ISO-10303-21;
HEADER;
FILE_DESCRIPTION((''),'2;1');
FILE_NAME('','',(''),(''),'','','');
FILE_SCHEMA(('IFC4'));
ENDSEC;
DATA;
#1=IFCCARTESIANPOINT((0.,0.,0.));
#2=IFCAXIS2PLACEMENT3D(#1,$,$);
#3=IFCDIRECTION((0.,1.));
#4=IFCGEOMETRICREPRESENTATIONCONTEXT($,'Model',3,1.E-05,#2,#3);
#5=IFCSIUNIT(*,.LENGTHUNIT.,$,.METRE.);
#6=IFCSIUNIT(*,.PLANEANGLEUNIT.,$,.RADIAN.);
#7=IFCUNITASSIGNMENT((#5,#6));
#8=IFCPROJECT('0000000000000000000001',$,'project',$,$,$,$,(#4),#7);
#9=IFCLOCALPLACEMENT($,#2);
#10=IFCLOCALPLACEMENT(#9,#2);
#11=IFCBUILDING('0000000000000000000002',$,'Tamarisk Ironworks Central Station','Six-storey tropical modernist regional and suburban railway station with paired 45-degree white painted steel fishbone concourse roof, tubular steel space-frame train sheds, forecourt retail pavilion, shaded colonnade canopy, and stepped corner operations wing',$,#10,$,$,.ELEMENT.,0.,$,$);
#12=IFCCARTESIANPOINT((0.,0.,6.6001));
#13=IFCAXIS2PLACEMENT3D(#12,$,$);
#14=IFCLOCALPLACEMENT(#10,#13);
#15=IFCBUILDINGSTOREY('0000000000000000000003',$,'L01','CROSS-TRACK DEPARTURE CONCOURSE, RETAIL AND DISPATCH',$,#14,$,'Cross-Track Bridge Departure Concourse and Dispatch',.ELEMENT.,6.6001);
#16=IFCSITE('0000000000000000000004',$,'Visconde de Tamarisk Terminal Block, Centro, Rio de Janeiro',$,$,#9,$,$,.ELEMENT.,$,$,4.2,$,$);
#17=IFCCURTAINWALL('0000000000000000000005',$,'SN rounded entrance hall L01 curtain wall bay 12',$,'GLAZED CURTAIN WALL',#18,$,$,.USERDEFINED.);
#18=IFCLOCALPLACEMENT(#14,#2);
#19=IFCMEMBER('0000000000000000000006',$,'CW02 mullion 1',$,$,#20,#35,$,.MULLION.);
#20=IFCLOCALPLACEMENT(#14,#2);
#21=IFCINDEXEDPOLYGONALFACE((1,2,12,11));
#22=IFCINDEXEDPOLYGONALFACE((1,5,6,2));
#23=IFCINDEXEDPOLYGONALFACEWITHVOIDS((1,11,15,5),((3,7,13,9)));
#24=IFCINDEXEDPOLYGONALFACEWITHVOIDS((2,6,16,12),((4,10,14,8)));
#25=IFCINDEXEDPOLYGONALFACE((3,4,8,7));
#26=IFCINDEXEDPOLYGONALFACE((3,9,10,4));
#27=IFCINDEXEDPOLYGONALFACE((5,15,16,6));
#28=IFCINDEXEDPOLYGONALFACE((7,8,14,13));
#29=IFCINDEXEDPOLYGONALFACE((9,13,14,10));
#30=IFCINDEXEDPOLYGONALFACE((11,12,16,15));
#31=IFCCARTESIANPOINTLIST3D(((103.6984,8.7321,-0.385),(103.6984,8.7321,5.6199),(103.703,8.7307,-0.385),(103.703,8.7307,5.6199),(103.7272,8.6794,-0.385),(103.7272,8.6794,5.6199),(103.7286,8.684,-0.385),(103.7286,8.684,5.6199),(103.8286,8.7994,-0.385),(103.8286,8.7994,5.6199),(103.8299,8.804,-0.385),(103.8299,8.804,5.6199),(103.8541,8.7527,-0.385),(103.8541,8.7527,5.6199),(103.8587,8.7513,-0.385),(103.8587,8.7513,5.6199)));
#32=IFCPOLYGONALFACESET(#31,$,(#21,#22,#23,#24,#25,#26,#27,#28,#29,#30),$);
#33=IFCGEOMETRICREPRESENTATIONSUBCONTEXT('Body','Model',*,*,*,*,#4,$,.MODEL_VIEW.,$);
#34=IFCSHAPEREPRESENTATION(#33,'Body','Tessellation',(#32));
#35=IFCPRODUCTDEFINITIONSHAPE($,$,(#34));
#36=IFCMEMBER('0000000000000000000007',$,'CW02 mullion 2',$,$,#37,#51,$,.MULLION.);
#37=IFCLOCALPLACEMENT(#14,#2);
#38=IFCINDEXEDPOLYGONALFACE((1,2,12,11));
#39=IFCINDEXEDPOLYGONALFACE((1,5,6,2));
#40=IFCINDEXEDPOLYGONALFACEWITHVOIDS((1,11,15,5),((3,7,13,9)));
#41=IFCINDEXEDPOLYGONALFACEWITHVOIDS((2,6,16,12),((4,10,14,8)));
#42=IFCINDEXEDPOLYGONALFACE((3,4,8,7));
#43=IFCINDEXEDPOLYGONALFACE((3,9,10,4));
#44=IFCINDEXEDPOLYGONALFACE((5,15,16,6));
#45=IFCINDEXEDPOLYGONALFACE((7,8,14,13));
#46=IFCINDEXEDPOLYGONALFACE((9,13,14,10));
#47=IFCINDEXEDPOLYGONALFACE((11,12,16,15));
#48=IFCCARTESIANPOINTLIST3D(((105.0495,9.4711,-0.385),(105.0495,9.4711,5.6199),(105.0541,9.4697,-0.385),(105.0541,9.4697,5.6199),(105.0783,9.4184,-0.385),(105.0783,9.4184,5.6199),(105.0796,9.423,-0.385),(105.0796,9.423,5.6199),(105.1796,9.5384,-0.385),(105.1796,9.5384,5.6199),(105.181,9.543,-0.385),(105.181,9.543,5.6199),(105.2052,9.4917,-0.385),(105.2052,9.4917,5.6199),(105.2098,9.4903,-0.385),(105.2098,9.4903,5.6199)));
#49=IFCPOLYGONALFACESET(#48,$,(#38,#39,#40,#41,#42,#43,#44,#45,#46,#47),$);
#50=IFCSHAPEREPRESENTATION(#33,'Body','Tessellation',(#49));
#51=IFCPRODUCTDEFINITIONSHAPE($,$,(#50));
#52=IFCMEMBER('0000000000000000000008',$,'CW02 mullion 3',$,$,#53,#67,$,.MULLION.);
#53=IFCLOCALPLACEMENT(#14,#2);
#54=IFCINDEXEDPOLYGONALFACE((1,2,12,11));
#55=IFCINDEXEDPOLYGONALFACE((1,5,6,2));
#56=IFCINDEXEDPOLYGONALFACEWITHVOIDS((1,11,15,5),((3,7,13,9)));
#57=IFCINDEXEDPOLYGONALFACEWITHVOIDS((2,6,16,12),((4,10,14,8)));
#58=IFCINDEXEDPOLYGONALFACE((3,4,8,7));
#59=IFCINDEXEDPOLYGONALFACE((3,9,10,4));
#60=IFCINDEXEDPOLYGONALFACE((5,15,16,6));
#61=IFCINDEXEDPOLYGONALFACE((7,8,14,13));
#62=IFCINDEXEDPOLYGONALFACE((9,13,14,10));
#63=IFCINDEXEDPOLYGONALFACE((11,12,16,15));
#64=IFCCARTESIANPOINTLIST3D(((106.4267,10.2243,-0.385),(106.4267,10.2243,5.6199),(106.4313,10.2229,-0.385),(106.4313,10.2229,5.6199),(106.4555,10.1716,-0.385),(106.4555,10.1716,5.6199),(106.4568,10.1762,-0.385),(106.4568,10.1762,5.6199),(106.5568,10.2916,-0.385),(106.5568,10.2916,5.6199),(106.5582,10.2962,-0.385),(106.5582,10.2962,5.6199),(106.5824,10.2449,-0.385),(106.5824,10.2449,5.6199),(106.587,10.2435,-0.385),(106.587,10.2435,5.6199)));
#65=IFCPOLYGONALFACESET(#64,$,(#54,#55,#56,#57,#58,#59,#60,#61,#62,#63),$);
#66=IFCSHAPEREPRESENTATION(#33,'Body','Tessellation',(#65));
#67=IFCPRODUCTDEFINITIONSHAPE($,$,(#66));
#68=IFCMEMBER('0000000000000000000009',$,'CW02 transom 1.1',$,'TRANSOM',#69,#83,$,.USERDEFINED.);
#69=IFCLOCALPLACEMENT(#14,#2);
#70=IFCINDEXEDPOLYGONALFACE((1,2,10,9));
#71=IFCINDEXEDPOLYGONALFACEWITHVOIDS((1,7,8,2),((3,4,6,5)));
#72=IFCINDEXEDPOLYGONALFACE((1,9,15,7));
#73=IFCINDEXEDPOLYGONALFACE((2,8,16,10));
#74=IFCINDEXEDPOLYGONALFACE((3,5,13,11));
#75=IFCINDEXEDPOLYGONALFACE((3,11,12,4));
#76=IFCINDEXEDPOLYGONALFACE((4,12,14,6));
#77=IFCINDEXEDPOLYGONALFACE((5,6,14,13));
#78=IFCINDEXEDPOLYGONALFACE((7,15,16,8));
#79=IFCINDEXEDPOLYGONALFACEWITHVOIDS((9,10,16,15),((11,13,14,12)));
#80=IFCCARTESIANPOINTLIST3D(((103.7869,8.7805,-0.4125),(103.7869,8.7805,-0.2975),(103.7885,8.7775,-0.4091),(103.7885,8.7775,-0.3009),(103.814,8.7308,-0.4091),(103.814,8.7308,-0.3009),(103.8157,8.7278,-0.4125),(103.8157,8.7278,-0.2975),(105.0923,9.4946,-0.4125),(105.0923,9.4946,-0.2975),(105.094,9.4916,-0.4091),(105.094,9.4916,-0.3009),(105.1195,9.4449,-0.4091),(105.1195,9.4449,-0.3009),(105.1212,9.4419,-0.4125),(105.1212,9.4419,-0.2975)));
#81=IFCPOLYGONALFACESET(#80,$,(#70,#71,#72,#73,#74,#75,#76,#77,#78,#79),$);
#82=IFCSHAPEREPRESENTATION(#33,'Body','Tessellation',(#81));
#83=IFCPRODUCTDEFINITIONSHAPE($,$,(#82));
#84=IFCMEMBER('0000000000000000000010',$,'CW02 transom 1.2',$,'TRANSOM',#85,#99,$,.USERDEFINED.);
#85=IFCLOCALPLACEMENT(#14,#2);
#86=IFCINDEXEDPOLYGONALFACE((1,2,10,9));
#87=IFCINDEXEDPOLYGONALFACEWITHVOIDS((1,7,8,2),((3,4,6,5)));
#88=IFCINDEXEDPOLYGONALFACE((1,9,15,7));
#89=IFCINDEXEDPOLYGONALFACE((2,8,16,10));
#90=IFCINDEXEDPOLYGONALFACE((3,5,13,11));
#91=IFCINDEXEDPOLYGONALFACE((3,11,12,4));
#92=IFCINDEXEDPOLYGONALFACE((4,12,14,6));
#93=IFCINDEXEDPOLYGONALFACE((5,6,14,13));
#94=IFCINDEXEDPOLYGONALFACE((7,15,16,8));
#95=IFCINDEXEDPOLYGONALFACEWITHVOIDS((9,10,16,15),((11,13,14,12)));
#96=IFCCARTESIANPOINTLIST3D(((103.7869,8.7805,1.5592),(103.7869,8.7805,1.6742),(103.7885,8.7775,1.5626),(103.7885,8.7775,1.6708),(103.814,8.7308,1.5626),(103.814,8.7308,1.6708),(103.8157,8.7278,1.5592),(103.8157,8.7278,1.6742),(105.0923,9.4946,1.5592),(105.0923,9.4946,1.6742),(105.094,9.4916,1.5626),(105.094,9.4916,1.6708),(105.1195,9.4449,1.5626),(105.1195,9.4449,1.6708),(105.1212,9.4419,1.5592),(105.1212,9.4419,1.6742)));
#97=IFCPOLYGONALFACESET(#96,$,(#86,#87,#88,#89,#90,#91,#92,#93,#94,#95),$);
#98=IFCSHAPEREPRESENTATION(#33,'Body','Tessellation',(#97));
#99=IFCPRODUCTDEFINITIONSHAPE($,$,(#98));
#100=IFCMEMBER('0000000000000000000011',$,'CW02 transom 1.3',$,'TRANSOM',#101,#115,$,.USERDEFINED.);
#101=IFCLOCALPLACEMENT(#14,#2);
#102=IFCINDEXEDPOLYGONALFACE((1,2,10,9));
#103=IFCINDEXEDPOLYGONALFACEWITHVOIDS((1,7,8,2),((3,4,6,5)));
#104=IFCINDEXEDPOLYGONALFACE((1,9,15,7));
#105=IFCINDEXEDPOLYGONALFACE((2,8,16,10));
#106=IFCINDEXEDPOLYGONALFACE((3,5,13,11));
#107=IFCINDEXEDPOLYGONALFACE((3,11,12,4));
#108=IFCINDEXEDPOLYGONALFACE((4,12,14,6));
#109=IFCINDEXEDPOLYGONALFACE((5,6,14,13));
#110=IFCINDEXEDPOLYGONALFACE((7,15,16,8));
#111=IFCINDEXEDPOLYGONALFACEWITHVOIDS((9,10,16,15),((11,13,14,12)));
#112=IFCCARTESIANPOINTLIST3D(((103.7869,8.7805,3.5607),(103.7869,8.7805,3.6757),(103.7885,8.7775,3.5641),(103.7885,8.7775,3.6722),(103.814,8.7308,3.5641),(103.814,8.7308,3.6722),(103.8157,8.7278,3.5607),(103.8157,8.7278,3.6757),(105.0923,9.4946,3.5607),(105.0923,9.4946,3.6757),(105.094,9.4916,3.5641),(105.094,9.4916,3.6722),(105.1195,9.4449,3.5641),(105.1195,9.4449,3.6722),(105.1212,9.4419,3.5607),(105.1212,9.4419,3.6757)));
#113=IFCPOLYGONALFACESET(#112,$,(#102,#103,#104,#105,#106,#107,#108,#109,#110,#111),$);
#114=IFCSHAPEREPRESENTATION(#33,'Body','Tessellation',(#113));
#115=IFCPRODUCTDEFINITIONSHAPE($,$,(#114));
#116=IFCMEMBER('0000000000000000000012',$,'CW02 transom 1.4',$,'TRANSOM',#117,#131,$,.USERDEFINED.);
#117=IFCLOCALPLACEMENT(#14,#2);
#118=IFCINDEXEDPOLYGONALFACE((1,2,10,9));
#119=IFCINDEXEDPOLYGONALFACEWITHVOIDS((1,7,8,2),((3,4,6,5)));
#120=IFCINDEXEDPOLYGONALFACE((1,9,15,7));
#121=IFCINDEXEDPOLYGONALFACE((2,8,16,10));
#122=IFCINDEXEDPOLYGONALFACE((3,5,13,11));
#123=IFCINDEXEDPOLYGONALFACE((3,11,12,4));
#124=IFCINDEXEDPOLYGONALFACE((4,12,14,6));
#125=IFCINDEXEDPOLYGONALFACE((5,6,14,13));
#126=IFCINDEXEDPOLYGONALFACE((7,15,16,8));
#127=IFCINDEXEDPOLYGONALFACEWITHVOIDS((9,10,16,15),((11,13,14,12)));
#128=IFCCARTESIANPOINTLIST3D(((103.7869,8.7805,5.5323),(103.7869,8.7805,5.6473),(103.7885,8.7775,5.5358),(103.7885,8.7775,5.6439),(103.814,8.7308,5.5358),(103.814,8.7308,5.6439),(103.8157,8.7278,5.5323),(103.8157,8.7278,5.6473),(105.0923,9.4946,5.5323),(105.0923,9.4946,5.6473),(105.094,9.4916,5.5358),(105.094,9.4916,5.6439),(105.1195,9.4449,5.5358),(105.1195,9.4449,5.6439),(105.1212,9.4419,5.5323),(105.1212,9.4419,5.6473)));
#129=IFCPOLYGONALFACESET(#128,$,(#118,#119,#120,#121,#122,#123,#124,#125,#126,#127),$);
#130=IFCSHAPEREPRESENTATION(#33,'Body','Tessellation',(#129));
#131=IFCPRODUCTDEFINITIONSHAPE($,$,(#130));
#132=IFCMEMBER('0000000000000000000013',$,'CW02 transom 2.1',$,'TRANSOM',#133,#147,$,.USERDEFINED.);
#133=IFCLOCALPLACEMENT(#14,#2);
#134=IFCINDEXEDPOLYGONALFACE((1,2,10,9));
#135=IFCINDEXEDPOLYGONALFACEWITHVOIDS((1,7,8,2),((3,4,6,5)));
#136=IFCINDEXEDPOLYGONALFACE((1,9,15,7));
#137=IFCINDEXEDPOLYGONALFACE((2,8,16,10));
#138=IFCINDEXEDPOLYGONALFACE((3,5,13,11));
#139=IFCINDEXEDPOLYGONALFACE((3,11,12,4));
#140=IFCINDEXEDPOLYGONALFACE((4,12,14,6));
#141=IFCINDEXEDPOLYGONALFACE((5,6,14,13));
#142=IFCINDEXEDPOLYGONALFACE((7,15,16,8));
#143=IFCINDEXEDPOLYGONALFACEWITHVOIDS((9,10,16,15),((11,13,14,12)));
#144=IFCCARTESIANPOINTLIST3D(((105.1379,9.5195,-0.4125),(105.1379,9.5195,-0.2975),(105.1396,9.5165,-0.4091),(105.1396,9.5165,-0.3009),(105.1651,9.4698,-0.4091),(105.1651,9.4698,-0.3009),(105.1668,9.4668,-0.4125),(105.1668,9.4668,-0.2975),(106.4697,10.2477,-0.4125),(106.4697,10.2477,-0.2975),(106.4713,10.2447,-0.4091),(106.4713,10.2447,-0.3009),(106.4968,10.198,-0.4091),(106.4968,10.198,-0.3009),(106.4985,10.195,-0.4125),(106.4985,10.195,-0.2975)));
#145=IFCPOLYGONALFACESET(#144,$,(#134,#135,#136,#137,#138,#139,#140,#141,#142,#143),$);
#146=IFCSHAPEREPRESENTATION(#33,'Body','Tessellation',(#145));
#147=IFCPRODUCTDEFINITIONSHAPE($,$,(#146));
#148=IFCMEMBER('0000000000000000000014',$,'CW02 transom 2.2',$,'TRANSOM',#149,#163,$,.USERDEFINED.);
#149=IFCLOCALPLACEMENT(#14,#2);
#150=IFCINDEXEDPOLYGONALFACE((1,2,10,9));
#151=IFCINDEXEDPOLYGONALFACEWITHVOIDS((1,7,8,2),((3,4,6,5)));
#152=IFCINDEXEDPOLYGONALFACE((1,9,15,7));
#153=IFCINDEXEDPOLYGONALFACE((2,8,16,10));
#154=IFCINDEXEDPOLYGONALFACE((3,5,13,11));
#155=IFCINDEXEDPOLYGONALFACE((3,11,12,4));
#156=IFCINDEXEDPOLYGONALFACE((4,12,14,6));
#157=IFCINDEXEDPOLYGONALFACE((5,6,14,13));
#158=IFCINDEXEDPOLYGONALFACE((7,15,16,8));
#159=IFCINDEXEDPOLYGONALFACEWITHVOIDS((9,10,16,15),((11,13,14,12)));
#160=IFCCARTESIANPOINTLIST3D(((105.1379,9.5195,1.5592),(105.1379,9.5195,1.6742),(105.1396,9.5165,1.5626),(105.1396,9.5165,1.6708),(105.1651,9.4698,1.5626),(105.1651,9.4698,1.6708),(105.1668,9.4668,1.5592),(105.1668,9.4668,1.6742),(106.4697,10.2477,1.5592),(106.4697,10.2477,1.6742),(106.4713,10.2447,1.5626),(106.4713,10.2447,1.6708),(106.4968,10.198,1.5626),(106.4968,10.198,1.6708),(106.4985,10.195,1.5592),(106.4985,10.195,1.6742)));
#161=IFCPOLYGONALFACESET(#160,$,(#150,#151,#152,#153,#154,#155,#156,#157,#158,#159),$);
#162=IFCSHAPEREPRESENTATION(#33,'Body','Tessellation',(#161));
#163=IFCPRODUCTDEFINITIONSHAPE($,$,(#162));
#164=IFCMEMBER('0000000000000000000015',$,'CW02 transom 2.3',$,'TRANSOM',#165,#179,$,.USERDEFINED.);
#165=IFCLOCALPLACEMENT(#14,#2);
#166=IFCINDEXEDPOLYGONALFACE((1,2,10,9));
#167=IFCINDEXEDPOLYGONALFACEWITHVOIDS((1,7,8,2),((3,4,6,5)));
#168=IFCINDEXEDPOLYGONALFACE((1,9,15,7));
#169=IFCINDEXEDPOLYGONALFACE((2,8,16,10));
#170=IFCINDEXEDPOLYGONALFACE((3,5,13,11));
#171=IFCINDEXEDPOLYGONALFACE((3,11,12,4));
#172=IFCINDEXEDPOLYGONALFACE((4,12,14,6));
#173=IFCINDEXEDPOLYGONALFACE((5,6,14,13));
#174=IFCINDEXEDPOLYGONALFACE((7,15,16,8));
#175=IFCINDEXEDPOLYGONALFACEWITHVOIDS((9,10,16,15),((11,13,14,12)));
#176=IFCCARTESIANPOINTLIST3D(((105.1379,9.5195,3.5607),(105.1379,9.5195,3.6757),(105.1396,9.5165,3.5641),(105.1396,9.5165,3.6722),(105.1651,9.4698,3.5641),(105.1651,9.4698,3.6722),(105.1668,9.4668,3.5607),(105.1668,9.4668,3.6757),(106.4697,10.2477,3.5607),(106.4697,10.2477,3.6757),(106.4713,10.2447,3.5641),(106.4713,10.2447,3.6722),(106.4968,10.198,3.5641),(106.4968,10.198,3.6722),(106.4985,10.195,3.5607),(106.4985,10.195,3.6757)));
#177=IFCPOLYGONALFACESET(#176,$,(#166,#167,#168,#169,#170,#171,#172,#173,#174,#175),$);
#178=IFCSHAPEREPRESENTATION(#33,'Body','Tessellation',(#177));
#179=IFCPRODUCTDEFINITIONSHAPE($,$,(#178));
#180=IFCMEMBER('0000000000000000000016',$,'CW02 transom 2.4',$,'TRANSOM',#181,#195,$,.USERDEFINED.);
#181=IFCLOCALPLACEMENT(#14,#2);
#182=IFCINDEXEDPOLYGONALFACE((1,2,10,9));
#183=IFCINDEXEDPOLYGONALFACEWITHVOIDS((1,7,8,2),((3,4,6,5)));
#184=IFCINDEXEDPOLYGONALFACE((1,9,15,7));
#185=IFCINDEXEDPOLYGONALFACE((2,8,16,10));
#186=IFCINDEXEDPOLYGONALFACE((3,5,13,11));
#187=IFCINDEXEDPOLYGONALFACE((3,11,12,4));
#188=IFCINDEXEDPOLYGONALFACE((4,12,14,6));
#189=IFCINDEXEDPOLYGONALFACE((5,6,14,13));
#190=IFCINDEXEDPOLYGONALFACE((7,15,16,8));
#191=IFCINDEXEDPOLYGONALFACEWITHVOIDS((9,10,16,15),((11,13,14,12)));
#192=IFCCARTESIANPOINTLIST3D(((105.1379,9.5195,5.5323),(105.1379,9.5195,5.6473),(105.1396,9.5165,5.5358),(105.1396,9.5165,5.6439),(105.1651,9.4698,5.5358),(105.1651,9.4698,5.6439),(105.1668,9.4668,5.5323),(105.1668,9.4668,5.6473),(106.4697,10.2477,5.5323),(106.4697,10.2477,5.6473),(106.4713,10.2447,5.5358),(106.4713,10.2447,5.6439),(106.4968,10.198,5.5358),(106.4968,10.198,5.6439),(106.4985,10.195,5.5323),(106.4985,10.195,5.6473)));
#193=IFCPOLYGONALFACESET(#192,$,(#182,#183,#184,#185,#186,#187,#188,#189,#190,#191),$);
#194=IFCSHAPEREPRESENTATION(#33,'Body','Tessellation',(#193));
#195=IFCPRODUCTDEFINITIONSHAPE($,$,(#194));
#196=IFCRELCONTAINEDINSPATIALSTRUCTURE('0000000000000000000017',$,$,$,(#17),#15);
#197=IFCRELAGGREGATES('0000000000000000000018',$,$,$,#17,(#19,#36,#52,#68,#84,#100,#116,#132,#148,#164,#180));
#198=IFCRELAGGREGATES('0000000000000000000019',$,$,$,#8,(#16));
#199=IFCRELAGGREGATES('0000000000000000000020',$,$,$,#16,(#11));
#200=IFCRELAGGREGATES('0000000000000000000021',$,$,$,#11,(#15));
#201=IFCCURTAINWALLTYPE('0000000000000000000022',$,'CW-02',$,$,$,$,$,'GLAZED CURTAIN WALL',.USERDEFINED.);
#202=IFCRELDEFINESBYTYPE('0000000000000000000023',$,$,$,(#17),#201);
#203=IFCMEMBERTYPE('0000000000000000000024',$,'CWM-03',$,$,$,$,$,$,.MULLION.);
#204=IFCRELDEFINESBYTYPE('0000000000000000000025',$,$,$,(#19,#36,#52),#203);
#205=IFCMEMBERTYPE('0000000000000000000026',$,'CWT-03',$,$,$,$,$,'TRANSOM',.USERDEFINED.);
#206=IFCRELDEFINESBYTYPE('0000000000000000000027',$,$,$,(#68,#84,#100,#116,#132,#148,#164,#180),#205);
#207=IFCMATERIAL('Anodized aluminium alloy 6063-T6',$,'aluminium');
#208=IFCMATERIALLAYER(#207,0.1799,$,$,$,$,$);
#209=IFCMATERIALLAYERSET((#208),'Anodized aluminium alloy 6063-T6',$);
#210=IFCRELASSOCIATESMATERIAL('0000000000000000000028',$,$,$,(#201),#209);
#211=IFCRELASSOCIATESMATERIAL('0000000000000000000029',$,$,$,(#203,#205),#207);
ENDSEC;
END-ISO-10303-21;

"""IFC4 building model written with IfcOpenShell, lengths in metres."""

from ifc_helpers import new_model, si_unit, direction, frame, origin, origin_2d, place, context, subcontext, project, spatial, hollow_rectangle, extrude, material, layer, layer_set, material_profile, profile_set, type_object, element, aggregate, save


model = new_model("IFC4")

# Units and contexts
model_context = context("Model", 3, precision=1e-05, world=origin(), true_north=direction((0.0, 1.0)))
body_context = subcontext(model_context, "Body", "Model", "MODEL_VIEW")
ifc_project = project(units=[si_unit("LENGTHUNIT", "METRE"), si_unit("PLANEANGLEUNIT", "RADIAN")], contexts=[model_context])

# Site, building, storey
site_placement = place(None, origin())
site = spatial("IfcSite", under=ifc_project, at=site_placement, Name="Visconde de Tamarisk Terminal Block, Centro, Rio de Janeiro", CompositionType="ELEMENT", RefElevation=4.2)
building_placement = place(site_placement, origin())
building = spatial("IfcBuilding", under=site, at=building_placement, Name="Tamarisk Ironworks Central Station", Description="Six-storey tropical modernist regional and suburban railway station with paired 45-degree white painted steel fishbone concourse roof, tubular steel space-frame train sheds, forecourt retail pavilion, shaded colonnade canopy, and stepped corner operations wing", CompositionType="ELEMENT", ElevationOfRefHeight=0.0)
storey_placement = place(building_placement, frame((0.0, 0.0, 6.6001)))
storey = spatial("IfcBuildingStorey", under=building, at=storey_placement, Name="L01", Description="CROSS-TRACK DEPARTURE CONCOURSE, RETAIL AND DISPATCH", LongName="Cross-Track Bridge Departure Concourse and Dispatch", CompositionType="ELEMENT", Elevation=6.6001)

# Curtain wall, members
ifc_material_1 = material(Name="Anodized aluminium alloy 6063-T6", Category="aluminium")
ifc_layer_1 = layer(ifc_material_1, 0.1799)
ifc_layer_set_1 = layer_set([ifc_layer_1], Name="Anodized aluminium alloy 6063-T6")
curtain_wall_type = type_object("IfcCurtainWallType", Name="CW-02", ElementType="GLAZED CURTAIN WALL", PredefinedType="USERDEFINED", material=ifc_layer_set_1)
curtain_wall_placement = place(storey_placement, origin())
curtain_wall = element("IfcCurtainWall", 1, at=curtain_wall_placement, inside=storey, type_object=curtain_wall_type, Name="SN rounded entrance hall L01 curtain wall bay 12", ObjectType="GLAZED CURTAIN WALL", PredefinedType="USERDEFINED")
ifc_material_profile_1 = material_profile(ifc_material_1, hollow_rectangle(XDim=0.0601, YDim=0.1499, WallThickness=0.0034, at=origin_2d()), Name="ALUM 150x60")
ifc_profile_set_1 = profile_set([ifc_material_profile_1], Name="Anodized aluminium alloy 6063-T6")
member_type_1 = type_object("IfcMemberType", Name="CWM-03", PredefinedType="MULLION", material=ifc_profile_set_1)
member_1_placement = place(storey_placement, frame((103.7786, 8.7417, -0.385), z_axis=(0.0, 0.0, 1.0), x_axis=(-0.479805, 0.877375, 0.0)))
member_1 = element("IfcMember", 2, at=member_1_placement, type_object=member_type_1, Name="CW02 mullion 1", PredefinedType="MULLION", context=body_context, shape_type="SweptSolid", body=[
    extrude(hollow_rectangle(XDim=0.0601, YDim=0.1499, WallThickness=0.0034, at=origin_2d()), origin(), (0.0, 0.0, 1.0), 6.0049),
])
member_2_placement = place(storey_placement, frame((105.1296, 9.4807, -0.385), z_axis=(0.0, 0.0, 1.0), x_axis=(-0.479805, 0.877375, 0.0)))
member_2 = element("IfcMember", 3, at=member_2_placement, type_object=member_type_1, Name="CW02 mullion 2", PredefinedType="MULLION", context=body_context, shape_type="SweptSolid", body=[
    extrude(hollow_rectangle(XDim=0.0601, YDim=0.1499, WallThickness=0.0034, at=origin_2d()), origin(), (0.0, 0.0, 1.0), 6.0049),
])
member_3_placement = place(storey_placement, frame((106.5068, 10.2339, -0.385), z_axis=(0.0, 0.0, 1.0), x_axis=(-0.479805, 0.877375, 0.0)))
member_3 = element("IfcMember", 4, at=member_3_placement, type_object=member_type_1, Name="CW02 mullion 3", PredefinedType="MULLION", context=body_context, shape_type="SweptSolid", body=[
    extrude(hollow_rectangle(XDim=0.0601, YDim=0.1499, WallThickness=0.0034, at=origin_2d()), origin(), (0.0, 0.0, 1.0), 6.0049),
])
ifc_material_profile_2 = material_profile(ifc_material_1, hollow_rectangle(XDim=0.0601, YDim=0.115, WallThickness=0.0034, at=origin_2d()), Name="ALUM 115x60")
ifc_profile_set_2 = profile_set([ifc_material_profile_2], Name="Anodized aluminium alloy 6063-T6")
member_type_2 = type_object("IfcMemberType", Name="CWT-03", ElementType="TRANSOM", PredefinedType="USERDEFINED", material=ifc_profile_set_2)
member_4_placement = place(storey_placement, frame((103.8013, 8.7542, -0.355), z_axis=(0.877312, 0.479921, 0.0), x_axis=(-0.479921, 0.877312, 0.0)))
member_4 = element("IfcMember", 5, at=member_4_placement, type_object=member_type_2, Name="CW02 transom 1.1", ObjectType="TRANSOM", PredefinedType="USERDEFINED", context=body_context, shape_type="SweptSolid", body=[
    extrude(hollow_rectangle(XDim=0.0601, YDim=0.115, WallThickness=0.0034, at=origin_2d()), origin(), (0.0, 0.0, 1.0), 1.488),
])
member_5_placement = place(storey_placement, frame((103.8013, 8.7542, 1.6167), z_axis=(0.877312, 0.479921, 0.0), x_axis=(-0.479921, 0.877312, 0.0)))
member_5 = element("IfcMember", 6, at=member_5_placement, type_object=member_type_2, Name="CW02 transom 1.2", ObjectType="TRANSOM", PredefinedType="USERDEFINED", context=body_context, shape_type="SweptSolid", body=[
    extrude(hollow_rectangle(XDim=0.0601, YDim=0.115, WallThickness=0.0034, at=origin_2d()), origin(), (0.0, 0.0, 1.0), 1.488),
])
member_6_placement = place(storey_placement, frame((103.8013, 8.7542, 3.6182), z_axis=(0.877312, 0.479921, 0.0), x_axis=(-0.479921, 0.877312, 0.0)))
member_6 = element("IfcMember", 7, at=member_6_placement, type_object=member_type_2, Name="CW02 transom 1.3", ObjectType="TRANSOM", PredefinedType="USERDEFINED", context=body_context, shape_type="SweptSolid", body=[
    extrude(hollow_rectangle(XDim=0.0601, YDim=0.115, WallThickness=0.0034, at=origin_2d()), origin(), (0.0, 0.0, 1.0), 1.488),
])
member_7_placement = place(storey_placement, frame((103.8013, 8.7542, 5.5898), z_axis=(0.877312, 0.479921, 0.0), x_axis=(-0.479921, 0.877312, 0.0)))
member_7 = element("IfcMember", 8, at=member_7_placement, type_object=member_type_2, Name="CW02 transom 1.4", ObjectType="TRANSOM", PredefinedType="USERDEFINED", context=body_context, shape_type="SweptSolid", body=[
    extrude(hollow_rectangle(XDim=0.0601, YDim=0.115, WallThickness=0.0034, at=origin_2d()), origin(), (0.0, 0.0, 1.0), 1.488),
])
member_8_placement = place(storey_placement, frame((105.1523, 9.4932, -0.355), z_axis=(0.877385, 0.479787, 0.0), x_axis=(-0.479787, 0.877385, 0.0)))
member_8 = element("IfcMember", 9, at=member_8_placement, type_object=member_type_2, Name="CW02 transom 2.1", ObjectType="TRANSOM", PredefinedType="USERDEFINED", context=body_context, shape_type="SweptSolid", body=[
    extrude(hollow_rectangle(XDim=0.0601, YDim=0.115, WallThickness=0.0034, at=origin_2d()), origin(), (0.0, 0.0, 1.0), 1.5178),
])
member_9_placement = place(storey_placement, frame((105.1523, 9.4932, 1.6167), z_axis=(0.877385, 0.479787, 0.0), x_axis=(-0.479787, 0.877385, 0.0)))
member_9 = element("IfcMember", 10, at=member_9_placement, type_object=member_type_2, Name="CW02 transom 2.2", ObjectType="TRANSOM", PredefinedType="USERDEFINED", context=body_context, shape_type="SweptSolid", body=[
    extrude(hollow_rectangle(XDim=0.0601, YDim=0.115, WallThickness=0.0034, at=origin_2d()), origin(), (0.0, 0.0, 1.0), 1.5178),
])
member_10_placement = place(storey_placement, frame((105.1523, 9.4932, 3.6182), z_axis=(0.877385, 0.479787, 0.0), x_axis=(-0.479787, 0.877385, 0.0)))
member_10 = element("IfcMember", 11, at=member_10_placement, type_object=member_type_2, Name="CW02 transom 2.3", ObjectType="TRANSOM", PredefinedType="USERDEFINED", context=body_context, shape_type="SweptSolid", body=[
    extrude(hollow_rectangle(XDim=0.0601, YDim=0.115, WallThickness=0.0034, at=origin_2d()), origin(), (0.0, 0.0, 1.0), 1.5178),
])
member_11_placement = place(storey_placement, frame((105.1523, 9.4932, 5.5898), z_axis=(0.877385, 0.479787, 0.0), x_axis=(-0.479787, 0.877385, 0.0)))
member_11 = element("IfcMember", 12, at=member_11_placement, type_object=member_type_2, Name="CW02 transom 2.4", ObjectType="TRANSOM", PredefinedType="USERDEFINED", context=body_context, shape_type="SweptSolid", body=[
    extrude(hollow_rectangle(XDim=0.0601, YDim=0.115, WallThickness=0.0034, at=origin_2d()), origin(), (0.0, 0.0, 1.0), 1.5178),
])
aggregate(curtain_wall, [member_1, member_2, member_3, member_4, member_5, member_6, member_7, member_8, member_9, member_10, member_11])

save(model, "model.ifc")
